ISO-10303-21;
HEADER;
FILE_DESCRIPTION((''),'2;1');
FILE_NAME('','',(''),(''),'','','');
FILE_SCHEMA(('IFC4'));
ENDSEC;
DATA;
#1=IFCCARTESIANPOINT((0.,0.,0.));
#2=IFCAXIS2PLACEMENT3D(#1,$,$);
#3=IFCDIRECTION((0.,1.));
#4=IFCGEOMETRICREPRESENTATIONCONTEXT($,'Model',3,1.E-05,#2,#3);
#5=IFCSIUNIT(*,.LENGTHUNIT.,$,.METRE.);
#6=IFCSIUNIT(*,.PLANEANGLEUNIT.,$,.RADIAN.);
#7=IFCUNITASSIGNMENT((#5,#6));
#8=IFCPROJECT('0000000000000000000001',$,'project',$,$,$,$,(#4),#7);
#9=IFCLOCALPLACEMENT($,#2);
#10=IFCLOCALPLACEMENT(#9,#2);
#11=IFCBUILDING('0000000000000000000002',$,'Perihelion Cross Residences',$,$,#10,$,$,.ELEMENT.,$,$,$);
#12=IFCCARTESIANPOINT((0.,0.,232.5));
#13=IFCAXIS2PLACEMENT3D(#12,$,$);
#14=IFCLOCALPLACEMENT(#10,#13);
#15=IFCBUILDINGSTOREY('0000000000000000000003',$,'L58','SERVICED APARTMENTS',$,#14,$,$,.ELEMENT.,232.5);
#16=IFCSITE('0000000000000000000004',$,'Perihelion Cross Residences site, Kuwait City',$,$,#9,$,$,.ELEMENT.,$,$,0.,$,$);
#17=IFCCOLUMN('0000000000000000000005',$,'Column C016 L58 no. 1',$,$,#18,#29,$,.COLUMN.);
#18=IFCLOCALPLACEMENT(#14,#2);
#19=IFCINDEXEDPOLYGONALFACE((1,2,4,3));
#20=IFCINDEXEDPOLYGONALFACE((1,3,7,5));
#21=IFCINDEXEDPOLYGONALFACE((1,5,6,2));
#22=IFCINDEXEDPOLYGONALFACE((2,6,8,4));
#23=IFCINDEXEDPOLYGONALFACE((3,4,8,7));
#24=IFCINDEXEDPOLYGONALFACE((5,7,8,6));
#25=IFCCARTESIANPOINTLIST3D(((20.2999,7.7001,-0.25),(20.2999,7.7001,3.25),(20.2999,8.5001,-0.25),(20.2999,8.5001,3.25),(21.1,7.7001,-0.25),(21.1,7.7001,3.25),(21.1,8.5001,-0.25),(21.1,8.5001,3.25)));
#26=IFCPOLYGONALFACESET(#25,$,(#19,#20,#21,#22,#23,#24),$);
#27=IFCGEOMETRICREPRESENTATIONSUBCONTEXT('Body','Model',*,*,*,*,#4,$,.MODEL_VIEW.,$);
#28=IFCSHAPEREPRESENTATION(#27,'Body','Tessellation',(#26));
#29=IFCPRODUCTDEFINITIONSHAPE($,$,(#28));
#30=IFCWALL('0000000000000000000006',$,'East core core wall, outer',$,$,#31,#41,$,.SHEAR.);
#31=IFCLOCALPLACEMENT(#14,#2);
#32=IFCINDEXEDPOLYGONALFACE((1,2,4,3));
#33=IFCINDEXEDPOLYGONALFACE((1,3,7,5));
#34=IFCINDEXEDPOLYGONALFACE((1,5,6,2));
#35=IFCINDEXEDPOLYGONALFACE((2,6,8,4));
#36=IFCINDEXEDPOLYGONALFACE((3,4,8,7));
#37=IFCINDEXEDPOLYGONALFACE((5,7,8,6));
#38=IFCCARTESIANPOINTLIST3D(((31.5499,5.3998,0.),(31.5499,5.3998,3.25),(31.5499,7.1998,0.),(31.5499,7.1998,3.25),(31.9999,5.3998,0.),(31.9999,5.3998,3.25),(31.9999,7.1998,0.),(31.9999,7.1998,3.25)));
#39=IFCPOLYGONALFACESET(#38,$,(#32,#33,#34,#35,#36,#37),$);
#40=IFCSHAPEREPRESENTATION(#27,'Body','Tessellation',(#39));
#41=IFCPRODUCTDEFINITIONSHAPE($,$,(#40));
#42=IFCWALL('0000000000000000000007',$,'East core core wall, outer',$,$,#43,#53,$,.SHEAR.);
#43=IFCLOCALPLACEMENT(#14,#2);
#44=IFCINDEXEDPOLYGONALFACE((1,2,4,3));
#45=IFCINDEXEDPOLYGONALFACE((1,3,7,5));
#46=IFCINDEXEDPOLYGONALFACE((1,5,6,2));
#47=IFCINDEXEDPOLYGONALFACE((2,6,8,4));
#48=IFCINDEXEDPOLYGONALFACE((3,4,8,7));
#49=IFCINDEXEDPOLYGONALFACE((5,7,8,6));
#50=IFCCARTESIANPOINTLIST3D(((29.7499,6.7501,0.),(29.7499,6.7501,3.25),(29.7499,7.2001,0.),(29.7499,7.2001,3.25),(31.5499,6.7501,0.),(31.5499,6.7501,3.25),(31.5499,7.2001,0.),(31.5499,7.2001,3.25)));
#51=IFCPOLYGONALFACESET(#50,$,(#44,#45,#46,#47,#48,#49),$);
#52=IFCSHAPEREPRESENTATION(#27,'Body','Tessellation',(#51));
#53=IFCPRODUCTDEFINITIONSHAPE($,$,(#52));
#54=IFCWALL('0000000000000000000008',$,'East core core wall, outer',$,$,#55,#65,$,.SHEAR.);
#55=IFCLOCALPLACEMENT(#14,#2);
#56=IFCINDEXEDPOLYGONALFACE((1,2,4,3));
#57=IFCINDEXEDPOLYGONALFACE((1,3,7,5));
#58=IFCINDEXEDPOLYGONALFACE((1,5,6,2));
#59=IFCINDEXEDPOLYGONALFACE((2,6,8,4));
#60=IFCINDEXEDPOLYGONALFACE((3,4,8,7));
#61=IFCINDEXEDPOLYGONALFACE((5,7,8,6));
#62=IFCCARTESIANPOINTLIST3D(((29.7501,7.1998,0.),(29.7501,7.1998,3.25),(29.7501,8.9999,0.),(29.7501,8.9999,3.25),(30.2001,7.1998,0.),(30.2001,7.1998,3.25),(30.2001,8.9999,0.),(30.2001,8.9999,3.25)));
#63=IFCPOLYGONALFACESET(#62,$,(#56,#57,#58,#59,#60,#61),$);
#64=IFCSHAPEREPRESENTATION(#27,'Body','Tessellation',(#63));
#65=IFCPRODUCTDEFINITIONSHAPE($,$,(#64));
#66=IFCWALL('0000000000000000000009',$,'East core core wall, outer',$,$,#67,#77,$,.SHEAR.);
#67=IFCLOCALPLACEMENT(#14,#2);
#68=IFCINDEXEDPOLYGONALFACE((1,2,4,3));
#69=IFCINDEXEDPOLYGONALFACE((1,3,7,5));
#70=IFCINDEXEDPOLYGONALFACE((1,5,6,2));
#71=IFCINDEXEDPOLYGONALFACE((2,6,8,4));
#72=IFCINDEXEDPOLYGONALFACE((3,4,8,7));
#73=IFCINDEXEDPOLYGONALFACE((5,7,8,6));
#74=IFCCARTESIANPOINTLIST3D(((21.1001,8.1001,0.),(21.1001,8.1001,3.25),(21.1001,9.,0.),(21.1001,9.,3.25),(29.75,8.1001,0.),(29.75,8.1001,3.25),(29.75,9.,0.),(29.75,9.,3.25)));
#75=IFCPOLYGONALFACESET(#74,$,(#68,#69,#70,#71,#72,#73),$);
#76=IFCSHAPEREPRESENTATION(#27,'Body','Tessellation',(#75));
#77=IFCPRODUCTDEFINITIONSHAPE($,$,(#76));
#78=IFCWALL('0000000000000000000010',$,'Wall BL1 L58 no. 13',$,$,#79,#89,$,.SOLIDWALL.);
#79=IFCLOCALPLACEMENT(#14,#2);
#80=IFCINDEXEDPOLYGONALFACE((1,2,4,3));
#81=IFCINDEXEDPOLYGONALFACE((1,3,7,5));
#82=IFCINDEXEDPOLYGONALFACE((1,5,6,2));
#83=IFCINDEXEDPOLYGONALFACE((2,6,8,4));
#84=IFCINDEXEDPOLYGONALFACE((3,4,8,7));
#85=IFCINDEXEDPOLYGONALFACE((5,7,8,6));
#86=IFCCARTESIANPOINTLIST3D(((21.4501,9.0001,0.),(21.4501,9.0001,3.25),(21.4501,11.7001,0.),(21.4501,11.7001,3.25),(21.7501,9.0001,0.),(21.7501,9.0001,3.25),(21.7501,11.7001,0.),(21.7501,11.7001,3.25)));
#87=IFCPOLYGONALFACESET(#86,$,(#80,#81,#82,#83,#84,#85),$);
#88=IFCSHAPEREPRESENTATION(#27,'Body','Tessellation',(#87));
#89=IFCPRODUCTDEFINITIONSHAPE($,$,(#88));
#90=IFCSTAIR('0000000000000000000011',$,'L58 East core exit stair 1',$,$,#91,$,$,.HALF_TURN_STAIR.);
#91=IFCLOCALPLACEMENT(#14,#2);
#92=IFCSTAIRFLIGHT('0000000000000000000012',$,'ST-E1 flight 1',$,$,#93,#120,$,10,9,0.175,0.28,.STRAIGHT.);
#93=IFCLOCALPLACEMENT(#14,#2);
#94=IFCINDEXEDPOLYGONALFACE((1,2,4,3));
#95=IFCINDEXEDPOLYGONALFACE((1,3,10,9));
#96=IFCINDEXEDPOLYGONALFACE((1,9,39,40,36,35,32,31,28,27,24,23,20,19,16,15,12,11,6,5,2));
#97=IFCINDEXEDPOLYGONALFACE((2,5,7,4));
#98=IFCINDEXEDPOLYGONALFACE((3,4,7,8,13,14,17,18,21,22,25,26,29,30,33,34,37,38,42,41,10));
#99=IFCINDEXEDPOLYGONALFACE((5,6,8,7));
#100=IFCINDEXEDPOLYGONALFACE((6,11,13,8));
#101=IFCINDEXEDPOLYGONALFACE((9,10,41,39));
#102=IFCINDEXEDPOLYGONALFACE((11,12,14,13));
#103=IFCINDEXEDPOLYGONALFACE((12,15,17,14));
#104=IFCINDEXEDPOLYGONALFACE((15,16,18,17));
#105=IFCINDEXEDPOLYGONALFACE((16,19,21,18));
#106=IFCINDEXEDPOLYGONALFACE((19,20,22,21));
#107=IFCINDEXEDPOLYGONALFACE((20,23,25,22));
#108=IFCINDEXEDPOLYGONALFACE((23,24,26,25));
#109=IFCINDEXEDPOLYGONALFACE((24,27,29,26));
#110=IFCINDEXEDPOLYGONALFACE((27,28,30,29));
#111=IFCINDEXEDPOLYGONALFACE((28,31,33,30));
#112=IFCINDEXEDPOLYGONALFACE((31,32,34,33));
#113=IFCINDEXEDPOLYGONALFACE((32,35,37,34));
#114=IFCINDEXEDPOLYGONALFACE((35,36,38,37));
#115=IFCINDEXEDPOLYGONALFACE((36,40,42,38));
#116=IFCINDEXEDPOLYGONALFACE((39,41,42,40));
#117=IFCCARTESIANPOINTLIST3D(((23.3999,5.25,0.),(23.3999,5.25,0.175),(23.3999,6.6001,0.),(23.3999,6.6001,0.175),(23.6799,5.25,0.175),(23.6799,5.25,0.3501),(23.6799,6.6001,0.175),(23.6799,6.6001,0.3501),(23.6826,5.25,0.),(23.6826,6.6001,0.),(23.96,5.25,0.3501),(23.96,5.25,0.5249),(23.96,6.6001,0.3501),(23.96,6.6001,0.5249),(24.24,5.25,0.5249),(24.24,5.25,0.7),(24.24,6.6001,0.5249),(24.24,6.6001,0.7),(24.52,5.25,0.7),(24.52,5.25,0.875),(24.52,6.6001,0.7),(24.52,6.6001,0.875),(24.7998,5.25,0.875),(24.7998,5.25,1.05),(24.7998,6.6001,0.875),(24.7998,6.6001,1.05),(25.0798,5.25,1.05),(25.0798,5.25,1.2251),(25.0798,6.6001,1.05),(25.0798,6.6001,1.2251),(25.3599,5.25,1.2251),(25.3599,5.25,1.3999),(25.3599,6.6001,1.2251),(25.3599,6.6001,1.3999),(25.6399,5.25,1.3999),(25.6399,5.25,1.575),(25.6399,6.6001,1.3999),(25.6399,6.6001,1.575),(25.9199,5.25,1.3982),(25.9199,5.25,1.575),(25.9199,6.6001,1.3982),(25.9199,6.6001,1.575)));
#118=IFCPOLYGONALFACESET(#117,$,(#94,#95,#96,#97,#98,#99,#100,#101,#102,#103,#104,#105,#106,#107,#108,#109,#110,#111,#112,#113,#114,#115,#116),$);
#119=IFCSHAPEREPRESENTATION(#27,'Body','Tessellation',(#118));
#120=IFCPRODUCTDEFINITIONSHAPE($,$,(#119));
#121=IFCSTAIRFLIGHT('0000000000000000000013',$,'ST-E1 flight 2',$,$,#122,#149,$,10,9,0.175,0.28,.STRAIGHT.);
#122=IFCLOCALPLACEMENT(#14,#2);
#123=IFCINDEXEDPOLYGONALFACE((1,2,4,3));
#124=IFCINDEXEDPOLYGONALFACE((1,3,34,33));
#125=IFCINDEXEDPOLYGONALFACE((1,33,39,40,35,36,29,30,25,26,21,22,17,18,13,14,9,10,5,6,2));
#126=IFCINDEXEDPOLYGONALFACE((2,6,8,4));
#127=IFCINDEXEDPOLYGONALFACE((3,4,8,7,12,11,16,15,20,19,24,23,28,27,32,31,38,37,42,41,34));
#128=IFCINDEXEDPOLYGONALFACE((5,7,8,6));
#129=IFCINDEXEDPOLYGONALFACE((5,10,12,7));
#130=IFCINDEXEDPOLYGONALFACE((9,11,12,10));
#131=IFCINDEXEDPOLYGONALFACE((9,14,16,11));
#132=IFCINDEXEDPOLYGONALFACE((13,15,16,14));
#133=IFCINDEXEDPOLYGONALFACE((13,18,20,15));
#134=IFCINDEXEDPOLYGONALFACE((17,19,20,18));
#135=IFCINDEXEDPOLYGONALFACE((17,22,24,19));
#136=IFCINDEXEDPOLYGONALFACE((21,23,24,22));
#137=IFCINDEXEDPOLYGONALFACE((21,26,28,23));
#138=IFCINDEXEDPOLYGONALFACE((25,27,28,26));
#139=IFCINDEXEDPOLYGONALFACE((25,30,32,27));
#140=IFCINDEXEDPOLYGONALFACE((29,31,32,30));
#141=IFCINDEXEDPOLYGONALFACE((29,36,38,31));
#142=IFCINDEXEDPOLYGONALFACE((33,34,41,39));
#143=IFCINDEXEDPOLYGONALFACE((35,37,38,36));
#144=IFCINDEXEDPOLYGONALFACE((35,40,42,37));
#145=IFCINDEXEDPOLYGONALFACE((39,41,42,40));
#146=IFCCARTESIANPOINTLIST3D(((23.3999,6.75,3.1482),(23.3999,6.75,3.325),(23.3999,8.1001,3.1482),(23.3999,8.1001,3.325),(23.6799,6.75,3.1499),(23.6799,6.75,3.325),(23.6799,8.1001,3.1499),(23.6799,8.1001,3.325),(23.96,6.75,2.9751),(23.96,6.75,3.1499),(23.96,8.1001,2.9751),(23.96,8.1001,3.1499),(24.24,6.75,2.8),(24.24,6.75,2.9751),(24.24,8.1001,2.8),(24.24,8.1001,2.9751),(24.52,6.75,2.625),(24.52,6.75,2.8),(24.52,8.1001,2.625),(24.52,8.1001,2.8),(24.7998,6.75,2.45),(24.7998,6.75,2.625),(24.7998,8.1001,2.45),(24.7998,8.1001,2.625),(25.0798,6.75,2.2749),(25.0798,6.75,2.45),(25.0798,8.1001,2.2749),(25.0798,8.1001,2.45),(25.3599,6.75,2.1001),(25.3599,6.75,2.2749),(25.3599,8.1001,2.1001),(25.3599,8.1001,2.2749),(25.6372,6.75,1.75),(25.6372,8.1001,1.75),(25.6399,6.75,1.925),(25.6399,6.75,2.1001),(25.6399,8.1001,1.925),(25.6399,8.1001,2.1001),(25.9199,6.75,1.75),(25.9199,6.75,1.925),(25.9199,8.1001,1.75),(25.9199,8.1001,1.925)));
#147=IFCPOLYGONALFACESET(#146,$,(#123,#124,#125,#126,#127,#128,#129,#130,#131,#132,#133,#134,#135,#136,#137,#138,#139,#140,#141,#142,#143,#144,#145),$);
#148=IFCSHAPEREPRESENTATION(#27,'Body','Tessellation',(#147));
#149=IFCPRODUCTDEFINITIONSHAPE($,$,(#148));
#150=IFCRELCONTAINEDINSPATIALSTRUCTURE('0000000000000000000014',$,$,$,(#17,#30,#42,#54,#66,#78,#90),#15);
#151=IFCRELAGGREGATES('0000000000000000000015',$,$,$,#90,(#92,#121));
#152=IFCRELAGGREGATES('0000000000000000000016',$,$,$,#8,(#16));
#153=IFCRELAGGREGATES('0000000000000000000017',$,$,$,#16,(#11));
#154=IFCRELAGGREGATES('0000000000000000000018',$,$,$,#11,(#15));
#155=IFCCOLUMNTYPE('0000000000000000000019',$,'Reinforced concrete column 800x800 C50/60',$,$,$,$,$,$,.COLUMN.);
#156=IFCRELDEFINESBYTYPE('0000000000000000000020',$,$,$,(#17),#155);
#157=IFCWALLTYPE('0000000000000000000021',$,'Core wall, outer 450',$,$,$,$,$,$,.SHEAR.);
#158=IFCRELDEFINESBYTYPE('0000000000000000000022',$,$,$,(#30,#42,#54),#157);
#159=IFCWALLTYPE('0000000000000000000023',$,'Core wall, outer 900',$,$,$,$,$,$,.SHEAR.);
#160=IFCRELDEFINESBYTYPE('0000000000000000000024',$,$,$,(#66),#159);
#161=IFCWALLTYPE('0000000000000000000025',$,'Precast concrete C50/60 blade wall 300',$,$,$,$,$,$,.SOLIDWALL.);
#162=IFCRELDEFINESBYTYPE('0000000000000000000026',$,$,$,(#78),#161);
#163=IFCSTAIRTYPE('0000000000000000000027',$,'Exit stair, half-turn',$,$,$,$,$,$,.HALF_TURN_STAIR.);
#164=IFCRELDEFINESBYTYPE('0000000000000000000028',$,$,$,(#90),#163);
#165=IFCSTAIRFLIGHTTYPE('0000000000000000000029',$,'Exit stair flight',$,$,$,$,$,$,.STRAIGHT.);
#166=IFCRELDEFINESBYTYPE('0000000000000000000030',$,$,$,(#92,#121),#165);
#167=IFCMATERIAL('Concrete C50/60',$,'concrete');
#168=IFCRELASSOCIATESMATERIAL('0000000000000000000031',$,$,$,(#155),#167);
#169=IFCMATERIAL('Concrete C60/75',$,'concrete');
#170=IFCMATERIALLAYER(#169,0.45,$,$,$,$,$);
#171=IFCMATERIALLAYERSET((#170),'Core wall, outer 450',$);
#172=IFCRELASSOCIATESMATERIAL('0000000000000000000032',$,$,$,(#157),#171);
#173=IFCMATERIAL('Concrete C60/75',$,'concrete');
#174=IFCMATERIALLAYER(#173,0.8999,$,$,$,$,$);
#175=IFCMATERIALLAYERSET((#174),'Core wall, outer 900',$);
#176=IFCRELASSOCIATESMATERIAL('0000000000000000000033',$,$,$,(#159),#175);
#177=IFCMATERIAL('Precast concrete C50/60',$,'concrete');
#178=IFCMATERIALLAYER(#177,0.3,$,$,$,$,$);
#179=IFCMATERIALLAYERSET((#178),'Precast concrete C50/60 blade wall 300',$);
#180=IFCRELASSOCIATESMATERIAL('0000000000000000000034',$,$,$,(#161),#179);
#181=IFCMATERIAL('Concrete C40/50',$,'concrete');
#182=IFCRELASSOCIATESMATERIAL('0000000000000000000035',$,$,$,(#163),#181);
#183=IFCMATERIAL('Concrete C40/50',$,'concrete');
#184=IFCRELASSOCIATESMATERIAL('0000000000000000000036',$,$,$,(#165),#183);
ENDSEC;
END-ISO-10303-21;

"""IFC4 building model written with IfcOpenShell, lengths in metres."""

from ifc_helpers import new_model, si_unit, direction, frame, frame_2d, origin, origin_2d, place, context, subcontext, project, spatial, polyline, rectangle, outline, extrude, material, layer, layer_set, material_profile, profile_set, type_object, element, aggregate, save


model = new_model("IFC4")

# Units and contexts
model_context = context("Model", 3, precision=1e-05, world=origin(), true_north=direction((0.0, 1.0)))
body_context = subcontext(model_context, "Body", "Model", "MODEL_VIEW")
ifc_project = project(units=[si_unit("LENGTHUNIT", "METRE"), si_unit("PLANEANGLEUNIT", "RADIAN")], contexts=[model_context])

# Site, building, storey
site_placement = place(None, origin())
site = spatial("IfcSite", under=ifc_project, at=site_placement, Name="Perihelion Cross Residences site, Kuwait City", CompositionType="ELEMENT", RefElevation=0.0)
building_placement = place(site_placement, origin())
building = spatial("IfcBuilding", under=site, at=building_placement, Name="Perihelion Cross Residences", CompositionType="ELEMENT")
storey_placement = place(building_placement, frame((0.0, 0.0, 232.5)))
storey = spatial("IfcBuildingStorey", under=building, at=storey_placement, Name="L58", Description="SERVICED APARTMENTS", CompositionType="ELEMENT", Elevation=232.5)

# Column
ifc_material_1 = material(Name="Concrete C50/60", Category="concrete")
ifc_material_profile = material_profile(ifc_material_1, rectangle(XDim=0.8, YDim=0.8, at=origin_2d()), Name="RC 800x800")
ifc_profile_set = profile_set([ifc_material_profile], Name="Concrete C50/60")
column_type = type_object("IfcColumnType", Name="Reinforced concrete column 800x800 C50/60", PredefinedType="COLUMN", material=ifc_profile_set)
column_placement = place(storey_placement, frame((20.7, 8.1001, -0.25), z_axis=(0.0, 0.0, 1.0), x_axis=(1.0, 0.0, 0.0)))
element("IfcColumn", 1, at=column_placement, inside=storey, type_object=column_type, Name="Column C016 L58 no. 1", PredefinedType="COLUMN", context=body_context, shape_type="SweptSolid", body=[
    extrude(rectangle(XDim=0.8, YDim=0.8, at=origin_2d()), origin(), (0.0, 0.0, 1.0), 3.5),
])

# Walls
ifc_material_2 = material(Name="Concrete C60/75", Category="concrete")
ifc_layer_1 = layer(ifc_material_2, 0.45)
ifc_layer_set_1 = layer_set([ifc_layer_1], Name="Core wall, outer 450")
wall_type_1 = type_object("IfcWallType", Name="Core wall, outer 450", PredefinedType="SHEAR", material=ifc_layer_set_1)
for number, where, z_axis, x_axis, name in (
    (2, (31.7749, 5.3999, 0.0), (0.0, 0.0, 1.0), (0.0, 1.0, 0.0), "East core core wall, outer"),
    (3, (29.75, 6.9751, 0.0), (0.0, 0.0, 1.0), (1.0, 0.0, 0.0), "East core core wall, outer"),
    (4, (29.9751, 7.2, 0.0), (0.0, 0.0, 1.0), (0.0, 1.0, 0.0), "East core core wall, outer"),
):
    element("IfcWall", number, at=place(storey_placement, frame(where, z_axis=z_axis, x_axis=x_axis)), inside=storey, type_object=wall_type_1, Name=name, PredefinedType="SHEAR", context=body_context, shape_type="SweptSolid", body=[
        extrude(rectangle(XDim=1.8, YDim=0.45, at=frame_2d((0.8999, 0.0))), origin(), (0.0, 0.0, 1.0), 3.25),
    ])
ifc_material_3 = material(Name="Concrete C60/75", Category="concrete")
ifc_layer_2 = layer(ifc_material_3, 0.8999)
ifc_layer_set_2 = layer_set([ifc_layer_2], Name="Core wall, outer 900")
wall_type_2 = type_object("IfcWallType", Name="Core wall, outer 900", PredefinedType="SHEAR", material=ifc_layer_set_2)
wall_1_placement = place(storey_placement, frame((21.1001, 8.55, 0.0), z_axis=(0.0, 0.0, 1.0), x_axis=(1.0, 0.0, 0.0)))
element("IfcWall", 5, at=wall_1_placement, inside=storey, type_object=wall_type_2, Name="East core core wall, outer", PredefinedType="SHEAR", context=body_context, shape_type="SweptSolid", body=[
    extrude(rectangle(XDim=8.6499, YDim=0.8999, at=frame_2d((4.325, 0.0))), origin(), (0.0, 0.0, 1.0), 3.25),
])
ifc_material_4 = material(Name="Precast concrete C50/60", Category="concrete")
ifc_layer_3 = layer(ifc_material_4, 0.3)
ifc_layer_set_3 = layer_set([ifc_layer_3], Name="Precast concrete C50/60 blade wall 300")
wall_type_3 = type_object("IfcWallType", Name="Precast concrete C50/60 blade wall 300", PredefinedType="SOLIDWALL", material=ifc_layer_set_3)
wall_2_placement = place(storey_placement, frame((21.6001, 9.0, 0.0), z_axis=(0.0, 0.0, 1.0), x_axis=(0.0, 1.0, 0.0)))
element("IfcWall", 6, at=wall_2_placement, inside=storey, type_object=wall_type_3, Name="Wall BL1 L58 no. 13", PredefinedType="SOLIDWALL", context=body_context, shape_type="SweptSolid", body=[
    extrude(rectangle(XDim=2.7, YDim=0.3, at=frame_2d((1.3501, 0.0))), origin(), (0.0, 0.0, 1.0), 3.25),
])

# Stair, stair flights
ifc_material_5 = material(Name="Concrete C40/50", Category="concrete")
stair_type = type_object("IfcStairType", Name="Exit stair, half-turn", PredefinedType="HALF_TURN_STAIR", material=ifc_material_5)
stair_placement = place(storey_placement, origin())
stair = element("IfcStair", 7, at=stair_placement, inside=storey, type_object=stair_type, Name="L58 East core exit stair 1", PredefinedType="HALF_TURN_STAIR")
ifc_material_6 = material(Name="Concrete C40/50", Category="concrete")
stair_flight_type = type_object("IfcStairFlightType", Name="Exit stair flight", PredefinedType="STRAIGHT", material=ifc_material_6)
stair_flight_1_placement = place(storey_placement, frame((23.3999, 5.925, 0.0), z_axis=(0.0, 0.0, 1.0), x_axis=(1.0, 0.0, 0.0)))
stair_flight_1 = element("IfcStairFlight", 8, at=stair_flight_1_placement, type_object=stair_flight_type, Name="ST-E1 flight 1", NumberOfRisers=10, NumberOfTreads=9, PredefinedType="STRAIGHT", RiserHeight=0.175, TreadLength=0.28, context=body_context, shape_type="SweptSolid", body=[
    extrude(outline(polyline([(0.0, 0.0), (0.0, 0.175), (0.28, 0.175), (0.28, 0.3501), (0.5601, 0.3501), (0.5601, 0.5249), (0.8401, 0.5249), (0.8401, 0.7), (1.1201, 0.7), (1.1201, 0.875), (1.3999, 0.875), (1.3999, 1.05), (1.6799, 1.05), (1.6799, 1.2251), (1.96, 1.2251), (1.96, 1.3999), (2.24, 1.3999), (2.24, 1.575), (2.52, 1.575), (2.52, 1.75), (2.52, 1.3982), (0.2827, 0.0), (0.0, 0.0)])), frame((0.0, 0.675, 0.0), z_axis=(0.0, -1.0, 0.0), x_axis=(1.0, 0.0, 0.0)), (0.0, 0.0, 1.0), 1.3501),
])
stair_flight_2_placement = place(storey_placement, frame((25.9199, 7.425, 1.75), z_axis=(0.0, 0.0, 1.0), x_axis=(-1.0, 0.0, 0.0)))
stair_flight_2 = element("IfcStairFlight", 9, at=stair_flight_2_placement, type_object=stair_flight_type, Name="ST-E1 flight 2", NumberOfRisers=10, NumberOfTreads=9, PredefinedType="STRAIGHT", RiserHeight=0.175, TreadLength=0.28, context=body_context, shape_type="SweptSolid", body=[
    extrude(outline(polyline([(0.0, 0.0), (0.0, 0.175), (0.28, 0.175), (0.28, 0.3501), (0.5601, 0.3501), (0.5601, 0.5249), (0.8401, 0.5249), (0.8401, 0.7), (1.1201, 0.7), (1.1201, 0.875), (1.3999, 0.875), (1.3999, 1.05), (1.6799, 1.05), (1.6799, 1.2251), (1.96, 1.2251), (1.96, 1.3999), (2.24, 1.3999), (2.24, 1.575), (2.52, 1.575), (2.52, 1.75), (2.52, 1.3982), (0.2827, 0.0), (0.0, 0.0)])), frame((0.0, 0.675, 0.0), z_axis=(0.0, -1.0, 0.0), x_axis=(1.0, 0.0, 0.0)), (0.0, 0.0, 1.0), 1.3501),
])
aggregate(stair, [stair_flight_1, stair_flight_2])

save(model, "model.ifc")
